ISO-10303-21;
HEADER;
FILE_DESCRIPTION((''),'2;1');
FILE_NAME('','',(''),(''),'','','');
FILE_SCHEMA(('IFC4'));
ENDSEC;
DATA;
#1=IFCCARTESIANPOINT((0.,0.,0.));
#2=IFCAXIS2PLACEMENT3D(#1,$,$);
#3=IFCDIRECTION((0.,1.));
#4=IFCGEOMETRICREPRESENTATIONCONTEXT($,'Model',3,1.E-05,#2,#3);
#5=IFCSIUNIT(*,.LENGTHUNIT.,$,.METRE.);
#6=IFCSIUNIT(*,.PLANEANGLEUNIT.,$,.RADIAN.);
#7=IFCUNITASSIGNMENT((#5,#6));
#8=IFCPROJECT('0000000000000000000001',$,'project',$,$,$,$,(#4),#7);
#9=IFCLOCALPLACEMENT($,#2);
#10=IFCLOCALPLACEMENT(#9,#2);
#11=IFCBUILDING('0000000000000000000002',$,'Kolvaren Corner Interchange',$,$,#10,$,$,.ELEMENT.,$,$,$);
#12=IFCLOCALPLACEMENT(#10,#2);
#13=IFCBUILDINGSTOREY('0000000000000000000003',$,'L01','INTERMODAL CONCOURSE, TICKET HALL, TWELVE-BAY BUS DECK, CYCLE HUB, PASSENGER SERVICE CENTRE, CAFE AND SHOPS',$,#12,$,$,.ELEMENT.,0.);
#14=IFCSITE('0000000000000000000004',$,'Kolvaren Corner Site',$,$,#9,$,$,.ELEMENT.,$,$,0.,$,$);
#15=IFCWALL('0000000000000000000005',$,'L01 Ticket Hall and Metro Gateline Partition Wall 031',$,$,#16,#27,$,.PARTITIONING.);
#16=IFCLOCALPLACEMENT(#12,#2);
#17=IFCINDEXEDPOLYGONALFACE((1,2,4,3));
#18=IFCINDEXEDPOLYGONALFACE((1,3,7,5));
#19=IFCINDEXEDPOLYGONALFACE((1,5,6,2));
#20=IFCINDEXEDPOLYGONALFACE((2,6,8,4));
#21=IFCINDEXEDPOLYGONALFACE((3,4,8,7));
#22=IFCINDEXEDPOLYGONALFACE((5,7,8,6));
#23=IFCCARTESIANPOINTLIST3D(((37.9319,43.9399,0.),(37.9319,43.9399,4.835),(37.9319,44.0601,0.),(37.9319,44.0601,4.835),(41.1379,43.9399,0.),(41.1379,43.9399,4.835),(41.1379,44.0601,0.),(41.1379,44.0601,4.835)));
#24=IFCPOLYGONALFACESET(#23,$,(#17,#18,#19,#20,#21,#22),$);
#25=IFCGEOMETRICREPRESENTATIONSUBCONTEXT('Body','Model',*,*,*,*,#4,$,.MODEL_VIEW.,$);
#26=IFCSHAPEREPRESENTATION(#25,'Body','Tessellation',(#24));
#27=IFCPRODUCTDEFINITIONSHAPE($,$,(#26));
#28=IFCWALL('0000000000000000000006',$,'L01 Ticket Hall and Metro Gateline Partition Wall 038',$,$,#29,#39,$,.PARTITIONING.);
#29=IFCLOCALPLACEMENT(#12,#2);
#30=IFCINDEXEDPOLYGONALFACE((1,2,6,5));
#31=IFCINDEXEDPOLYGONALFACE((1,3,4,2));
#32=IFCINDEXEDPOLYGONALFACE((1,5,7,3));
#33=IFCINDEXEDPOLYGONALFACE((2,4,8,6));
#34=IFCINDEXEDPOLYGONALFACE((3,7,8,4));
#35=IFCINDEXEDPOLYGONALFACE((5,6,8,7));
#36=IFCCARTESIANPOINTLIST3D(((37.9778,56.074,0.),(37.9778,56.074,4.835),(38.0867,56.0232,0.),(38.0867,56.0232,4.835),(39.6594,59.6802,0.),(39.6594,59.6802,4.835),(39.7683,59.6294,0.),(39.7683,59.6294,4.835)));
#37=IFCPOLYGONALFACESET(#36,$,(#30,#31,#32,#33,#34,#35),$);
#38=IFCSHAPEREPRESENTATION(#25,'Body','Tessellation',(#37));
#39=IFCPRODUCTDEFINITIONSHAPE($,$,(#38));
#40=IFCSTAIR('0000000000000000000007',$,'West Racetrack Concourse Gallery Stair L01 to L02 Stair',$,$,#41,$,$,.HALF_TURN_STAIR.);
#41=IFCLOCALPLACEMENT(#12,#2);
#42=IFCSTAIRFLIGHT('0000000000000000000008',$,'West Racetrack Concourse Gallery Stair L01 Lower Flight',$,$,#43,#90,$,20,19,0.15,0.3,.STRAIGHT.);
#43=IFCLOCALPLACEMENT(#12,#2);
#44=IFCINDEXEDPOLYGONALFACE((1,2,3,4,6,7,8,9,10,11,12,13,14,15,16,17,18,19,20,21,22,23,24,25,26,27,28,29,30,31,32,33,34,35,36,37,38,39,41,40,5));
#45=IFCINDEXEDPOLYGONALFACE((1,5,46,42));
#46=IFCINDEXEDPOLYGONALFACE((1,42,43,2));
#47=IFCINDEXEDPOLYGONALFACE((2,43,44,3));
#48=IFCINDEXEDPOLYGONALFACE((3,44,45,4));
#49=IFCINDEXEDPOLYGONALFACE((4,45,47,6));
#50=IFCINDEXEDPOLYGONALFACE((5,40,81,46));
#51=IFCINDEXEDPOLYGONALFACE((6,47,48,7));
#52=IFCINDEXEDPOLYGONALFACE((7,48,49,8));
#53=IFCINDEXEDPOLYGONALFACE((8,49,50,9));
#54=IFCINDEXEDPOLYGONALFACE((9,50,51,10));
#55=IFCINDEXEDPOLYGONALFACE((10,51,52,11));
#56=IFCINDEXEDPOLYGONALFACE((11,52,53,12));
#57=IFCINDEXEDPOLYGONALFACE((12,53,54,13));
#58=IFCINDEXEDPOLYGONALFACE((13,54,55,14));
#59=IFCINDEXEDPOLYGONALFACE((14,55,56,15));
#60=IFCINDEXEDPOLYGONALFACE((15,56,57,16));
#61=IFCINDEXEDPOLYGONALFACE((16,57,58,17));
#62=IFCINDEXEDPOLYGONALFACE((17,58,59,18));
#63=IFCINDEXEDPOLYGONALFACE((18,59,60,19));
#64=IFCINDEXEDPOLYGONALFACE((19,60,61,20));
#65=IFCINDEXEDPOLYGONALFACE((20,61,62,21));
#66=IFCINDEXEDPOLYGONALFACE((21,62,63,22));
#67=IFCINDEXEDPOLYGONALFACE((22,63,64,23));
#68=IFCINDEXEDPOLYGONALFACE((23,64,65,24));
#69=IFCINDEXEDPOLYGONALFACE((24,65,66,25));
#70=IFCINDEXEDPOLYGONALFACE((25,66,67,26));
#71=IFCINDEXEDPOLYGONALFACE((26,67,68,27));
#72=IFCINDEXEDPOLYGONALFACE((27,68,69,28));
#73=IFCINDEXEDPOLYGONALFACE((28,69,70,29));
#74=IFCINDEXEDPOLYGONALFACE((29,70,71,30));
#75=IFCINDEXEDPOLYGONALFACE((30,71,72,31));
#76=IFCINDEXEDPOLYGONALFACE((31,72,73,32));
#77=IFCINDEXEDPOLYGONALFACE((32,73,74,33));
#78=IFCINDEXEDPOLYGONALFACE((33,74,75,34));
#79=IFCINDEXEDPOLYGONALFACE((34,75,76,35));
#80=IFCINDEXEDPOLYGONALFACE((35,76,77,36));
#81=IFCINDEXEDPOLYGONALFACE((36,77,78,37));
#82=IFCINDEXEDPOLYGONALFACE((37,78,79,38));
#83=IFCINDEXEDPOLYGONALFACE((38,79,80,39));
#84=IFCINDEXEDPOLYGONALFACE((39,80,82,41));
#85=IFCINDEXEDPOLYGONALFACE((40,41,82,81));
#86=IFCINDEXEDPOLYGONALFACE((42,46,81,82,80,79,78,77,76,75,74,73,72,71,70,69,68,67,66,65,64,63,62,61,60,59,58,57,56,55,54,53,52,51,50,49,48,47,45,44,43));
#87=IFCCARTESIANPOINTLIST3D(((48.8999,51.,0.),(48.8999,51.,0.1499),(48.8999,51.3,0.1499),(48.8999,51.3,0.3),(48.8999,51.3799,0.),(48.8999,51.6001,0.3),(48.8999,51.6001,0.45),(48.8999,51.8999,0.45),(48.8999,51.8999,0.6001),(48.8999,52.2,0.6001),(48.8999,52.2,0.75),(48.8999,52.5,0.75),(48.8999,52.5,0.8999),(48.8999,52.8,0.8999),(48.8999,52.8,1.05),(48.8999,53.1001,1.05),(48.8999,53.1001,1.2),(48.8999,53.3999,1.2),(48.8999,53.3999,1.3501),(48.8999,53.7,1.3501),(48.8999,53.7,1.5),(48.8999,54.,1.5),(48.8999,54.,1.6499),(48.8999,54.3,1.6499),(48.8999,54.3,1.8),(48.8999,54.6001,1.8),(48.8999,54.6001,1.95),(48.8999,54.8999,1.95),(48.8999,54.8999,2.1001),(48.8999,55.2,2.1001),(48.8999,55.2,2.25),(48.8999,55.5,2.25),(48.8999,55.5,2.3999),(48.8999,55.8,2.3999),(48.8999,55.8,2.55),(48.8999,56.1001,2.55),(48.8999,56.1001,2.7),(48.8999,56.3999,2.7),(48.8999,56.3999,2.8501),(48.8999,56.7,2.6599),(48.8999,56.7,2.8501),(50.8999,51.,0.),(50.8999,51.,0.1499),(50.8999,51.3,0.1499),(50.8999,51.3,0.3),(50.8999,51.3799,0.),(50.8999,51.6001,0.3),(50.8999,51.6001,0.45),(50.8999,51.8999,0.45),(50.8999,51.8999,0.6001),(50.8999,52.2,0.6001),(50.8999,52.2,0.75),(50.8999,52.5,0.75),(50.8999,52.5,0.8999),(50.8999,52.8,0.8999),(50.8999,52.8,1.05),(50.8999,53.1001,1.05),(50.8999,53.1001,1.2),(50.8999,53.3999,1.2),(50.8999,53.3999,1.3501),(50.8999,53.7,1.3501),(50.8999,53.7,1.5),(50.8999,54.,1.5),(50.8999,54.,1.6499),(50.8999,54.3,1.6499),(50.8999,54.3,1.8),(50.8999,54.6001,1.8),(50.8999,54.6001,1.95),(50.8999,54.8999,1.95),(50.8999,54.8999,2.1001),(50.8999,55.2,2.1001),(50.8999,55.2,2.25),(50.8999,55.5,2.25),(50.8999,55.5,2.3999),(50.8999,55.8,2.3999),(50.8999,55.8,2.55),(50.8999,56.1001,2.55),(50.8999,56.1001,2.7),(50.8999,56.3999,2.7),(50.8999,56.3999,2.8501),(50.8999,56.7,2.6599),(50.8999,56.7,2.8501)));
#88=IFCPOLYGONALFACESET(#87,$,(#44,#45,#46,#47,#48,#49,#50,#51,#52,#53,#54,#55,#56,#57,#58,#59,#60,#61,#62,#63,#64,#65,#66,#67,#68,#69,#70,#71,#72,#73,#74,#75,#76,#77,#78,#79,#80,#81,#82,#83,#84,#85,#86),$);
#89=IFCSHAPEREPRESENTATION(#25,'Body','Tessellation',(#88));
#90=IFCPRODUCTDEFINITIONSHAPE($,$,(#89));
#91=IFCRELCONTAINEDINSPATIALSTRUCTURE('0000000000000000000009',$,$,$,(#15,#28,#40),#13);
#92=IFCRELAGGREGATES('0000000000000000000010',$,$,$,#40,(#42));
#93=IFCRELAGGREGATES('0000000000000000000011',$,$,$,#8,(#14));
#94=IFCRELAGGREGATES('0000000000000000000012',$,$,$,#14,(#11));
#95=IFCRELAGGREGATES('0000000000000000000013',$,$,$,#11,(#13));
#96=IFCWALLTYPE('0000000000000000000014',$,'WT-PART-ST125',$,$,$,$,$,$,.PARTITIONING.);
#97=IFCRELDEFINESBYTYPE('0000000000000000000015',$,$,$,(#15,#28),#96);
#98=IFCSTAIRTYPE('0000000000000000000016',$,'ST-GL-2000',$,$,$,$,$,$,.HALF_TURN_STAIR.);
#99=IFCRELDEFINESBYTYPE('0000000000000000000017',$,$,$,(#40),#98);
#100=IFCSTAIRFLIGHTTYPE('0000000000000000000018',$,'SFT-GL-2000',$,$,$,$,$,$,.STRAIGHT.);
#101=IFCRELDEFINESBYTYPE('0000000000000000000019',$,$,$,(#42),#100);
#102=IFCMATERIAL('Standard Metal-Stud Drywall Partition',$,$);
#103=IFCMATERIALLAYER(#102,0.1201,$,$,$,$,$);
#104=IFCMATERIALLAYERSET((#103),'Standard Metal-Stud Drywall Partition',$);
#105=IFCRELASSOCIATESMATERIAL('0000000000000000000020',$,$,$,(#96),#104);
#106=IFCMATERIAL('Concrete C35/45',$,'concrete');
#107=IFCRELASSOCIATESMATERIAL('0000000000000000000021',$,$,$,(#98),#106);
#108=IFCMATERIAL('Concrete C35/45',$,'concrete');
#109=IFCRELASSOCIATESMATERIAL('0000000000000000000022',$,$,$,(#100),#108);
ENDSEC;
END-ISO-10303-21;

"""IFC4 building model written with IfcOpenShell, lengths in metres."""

from ifc_helpers import new_model, si_unit, direction, frame, frame_2d, origin, place, context, subcontext, project, spatial, polyline, rectangle, outline, extrude, material, layer, layer_set, type_object, element, aggregate, save


model = new_model("IFC4")

# Units and contexts
model_context = context("Model", 3, precision=1e-05, world=origin(), true_north=direction((0.0, 1.0)))
body_context = subcontext(model_context, "Body", "Model", "MODEL_VIEW")
ifc_project = project(units=[si_unit("LENGTHUNIT", "METRE"), si_unit("PLANEANGLEUNIT", "RADIAN")], contexts=[model_context])

# Site, building, storey
site_placement = place(None, origin())
site = spatial("IfcSite", under=ifc_project, at=site_placement, Name="Kolvaren Corner Site", CompositionType="ELEMENT", RefElevation=0.0)
building_placement = place(site_placement, origin())
building = spatial("IfcBuilding", under=site, at=building_placement, Name="Kolvaren Corner Interchange", CompositionType="ELEMENT")
storey_placement = place(building_placement, origin())
storey = spatial("IfcBuildingStorey", under=building, at=storey_placement, Name="L01", Description="INTERMODAL CONCOURSE, TICKET HALL, TWELVE-BAY BUS DECK, CYCLE HUB, PASSENGER SERVICE CENTRE, CAFE AND SHOPS", CompositionType="ELEMENT", Elevation=0.0)

# Shared definitions
ifc_material_1 = material(Name="Standard Metal-Stud Drywall Partition")
ifc_layer_1 = layer(ifc_material_1, 0.1201)
ifc_layer_set_1 = layer_set([ifc_layer_1], Name="Standard Metal-Stud Drywall Partition")
wall_type_1 = type_object("IfcWallType", Name="WT-PART-ST125", PredefinedType="PARTITIONING", material=ifc_layer_set_1)

# Walls
wall_1_placement = place(storey_placement, frame((41.1379, 44.0, 0.0), z_axis=(0.0, 0.0, 1.0), x_axis=(-1.0, 0.0, 0.0)))
element("IfcWall", 1, at=wall_1_placement, inside=storey, type_object=wall_type_1, Name="L01 Ticket Hall and Metro Gateline Partition Wall 031", PredefinedType="PARTITIONING", context=body_context, shape_type="SweptSolid", body=[
    extrude(rectangle(XDim=3.2061, YDim=0.1201, at=frame_2d((1.603, 0.0))), origin(), (0.0, 0.0, 1.0), 4.835),
])
wall_2_placement = place(storey_placement, frame((39.7139, 59.6548, 0.0), z_axis=(0.0, 0.0, 1.0), x_axis=(-0.422627, -0.906304, 0.0)))
element("IfcWall", 2, at=wall_2_placement, inside=storey, type_object=wall_type_1, Name="L01 Ticket Hall and Metro Gateline Partition Wall 038", PredefinedType="PARTITIONING", context=body_context, shape_type="SweptSolid", body=[
    extrude(rectangle(XDim=3.979, YDim=0.1201, at=frame_2d((1.9895, 0.0))), origin(), (0.0, 0.0, 1.0), 4.835),
])

# Stair, stair flight
ifc_material_2 = material(Name="Concrete C35/45", Category="concrete")
stair_type = type_object("IfcStairType", Name="ST-GL-2000", PredefinedType="HALF_TURN_STAIR", material=ifc_material_2)
stair_placement = place(storey_placement, origin())
stair = element("IfcStair", 3, at=stair_placement, inside=storey, type_object=stair_type, Name="West Racetrack Concourse Gallery Stair L01 to L02 Stair", PredefinedType="HALF_TURN_STAIR")
ifc_material_3 = material(Name="Concrete C35/45", Category="concrete")
stair_flight_type = type_object("IfcStairFlightType", Name="SFT-GL-2000", PredefinedType="STRAIGHT", material=ifc_material_3)
stair_flight_placement = place(storey_placement, frame((49.8999, 51.0, 0.0), z_axis=(0.0, 0.0, 1.0), x_axis=(0.0, 1.0, 0.0)))
stair_flight = element("IfcStairFlight", 4, at=stair_flight_placement, type_object=stair_flight_type, Name="West Racetrack Concourse Gallery Stair L01 Lower Flight", NumberOfRisers=20, NumberOfTreads=19, PredefinedType="STRAIGHT", RiserHeight=0.15, TreadLength=0.3, context=body_context, shape_type="SweptSolid", body=[
    extrude(outline(polyline([(0.0, 0.0), (0.0, 0.1499), (0.3, 0.1499), (0.3, 0.3), (0.6001, 0.3), (0.6001, 0.45), (0.8999, 0.45), (0.8999, 0.6001), (1.2, 0.6001), (1.2, 0.75), (1.5, 0.75), (1.5, 0.8999), (1.8, 0.8999), (1.8, 1.05), (2.1001, 1.05), (2.1001, 1.2), (2.3999, 1.2), (2.3999, 1.3501), (2.7, 1.3501), (2.7, 1.5), (3.0, 1.5), (3.0, 1.6499), (3.3, 1.6499), (3.3, 1.8), (3.6001, 1.8), (3.6001, 1.95), (3.8999, 1.95), (3.8999, 2.1001), (4.2, 2.1001), (4.2, 2.25), (4.5, 2.25), (4.5, 2.3999), (4.8, 2.3999), (4.8, 2.55), (5.1001, 2.55), (5.1001, 2.7), (5.3999, 2.7), (5.3999, 2.8501), (5.7, 2.8501), (5.7, 3.0), (5.7, 2.6599), (0.3799, 0.0), (0.0, 0.0)])), frame((0.0, 1.0, 0.0), z_axis=(0.0, -1.0, 0.0), x_axis=(1.0, 0.0, 0.0)), (0.0, 0.0, 1.0), 2.0),
])
aggregate(stair, [stair_flight])

save(model, "model.ifc")
